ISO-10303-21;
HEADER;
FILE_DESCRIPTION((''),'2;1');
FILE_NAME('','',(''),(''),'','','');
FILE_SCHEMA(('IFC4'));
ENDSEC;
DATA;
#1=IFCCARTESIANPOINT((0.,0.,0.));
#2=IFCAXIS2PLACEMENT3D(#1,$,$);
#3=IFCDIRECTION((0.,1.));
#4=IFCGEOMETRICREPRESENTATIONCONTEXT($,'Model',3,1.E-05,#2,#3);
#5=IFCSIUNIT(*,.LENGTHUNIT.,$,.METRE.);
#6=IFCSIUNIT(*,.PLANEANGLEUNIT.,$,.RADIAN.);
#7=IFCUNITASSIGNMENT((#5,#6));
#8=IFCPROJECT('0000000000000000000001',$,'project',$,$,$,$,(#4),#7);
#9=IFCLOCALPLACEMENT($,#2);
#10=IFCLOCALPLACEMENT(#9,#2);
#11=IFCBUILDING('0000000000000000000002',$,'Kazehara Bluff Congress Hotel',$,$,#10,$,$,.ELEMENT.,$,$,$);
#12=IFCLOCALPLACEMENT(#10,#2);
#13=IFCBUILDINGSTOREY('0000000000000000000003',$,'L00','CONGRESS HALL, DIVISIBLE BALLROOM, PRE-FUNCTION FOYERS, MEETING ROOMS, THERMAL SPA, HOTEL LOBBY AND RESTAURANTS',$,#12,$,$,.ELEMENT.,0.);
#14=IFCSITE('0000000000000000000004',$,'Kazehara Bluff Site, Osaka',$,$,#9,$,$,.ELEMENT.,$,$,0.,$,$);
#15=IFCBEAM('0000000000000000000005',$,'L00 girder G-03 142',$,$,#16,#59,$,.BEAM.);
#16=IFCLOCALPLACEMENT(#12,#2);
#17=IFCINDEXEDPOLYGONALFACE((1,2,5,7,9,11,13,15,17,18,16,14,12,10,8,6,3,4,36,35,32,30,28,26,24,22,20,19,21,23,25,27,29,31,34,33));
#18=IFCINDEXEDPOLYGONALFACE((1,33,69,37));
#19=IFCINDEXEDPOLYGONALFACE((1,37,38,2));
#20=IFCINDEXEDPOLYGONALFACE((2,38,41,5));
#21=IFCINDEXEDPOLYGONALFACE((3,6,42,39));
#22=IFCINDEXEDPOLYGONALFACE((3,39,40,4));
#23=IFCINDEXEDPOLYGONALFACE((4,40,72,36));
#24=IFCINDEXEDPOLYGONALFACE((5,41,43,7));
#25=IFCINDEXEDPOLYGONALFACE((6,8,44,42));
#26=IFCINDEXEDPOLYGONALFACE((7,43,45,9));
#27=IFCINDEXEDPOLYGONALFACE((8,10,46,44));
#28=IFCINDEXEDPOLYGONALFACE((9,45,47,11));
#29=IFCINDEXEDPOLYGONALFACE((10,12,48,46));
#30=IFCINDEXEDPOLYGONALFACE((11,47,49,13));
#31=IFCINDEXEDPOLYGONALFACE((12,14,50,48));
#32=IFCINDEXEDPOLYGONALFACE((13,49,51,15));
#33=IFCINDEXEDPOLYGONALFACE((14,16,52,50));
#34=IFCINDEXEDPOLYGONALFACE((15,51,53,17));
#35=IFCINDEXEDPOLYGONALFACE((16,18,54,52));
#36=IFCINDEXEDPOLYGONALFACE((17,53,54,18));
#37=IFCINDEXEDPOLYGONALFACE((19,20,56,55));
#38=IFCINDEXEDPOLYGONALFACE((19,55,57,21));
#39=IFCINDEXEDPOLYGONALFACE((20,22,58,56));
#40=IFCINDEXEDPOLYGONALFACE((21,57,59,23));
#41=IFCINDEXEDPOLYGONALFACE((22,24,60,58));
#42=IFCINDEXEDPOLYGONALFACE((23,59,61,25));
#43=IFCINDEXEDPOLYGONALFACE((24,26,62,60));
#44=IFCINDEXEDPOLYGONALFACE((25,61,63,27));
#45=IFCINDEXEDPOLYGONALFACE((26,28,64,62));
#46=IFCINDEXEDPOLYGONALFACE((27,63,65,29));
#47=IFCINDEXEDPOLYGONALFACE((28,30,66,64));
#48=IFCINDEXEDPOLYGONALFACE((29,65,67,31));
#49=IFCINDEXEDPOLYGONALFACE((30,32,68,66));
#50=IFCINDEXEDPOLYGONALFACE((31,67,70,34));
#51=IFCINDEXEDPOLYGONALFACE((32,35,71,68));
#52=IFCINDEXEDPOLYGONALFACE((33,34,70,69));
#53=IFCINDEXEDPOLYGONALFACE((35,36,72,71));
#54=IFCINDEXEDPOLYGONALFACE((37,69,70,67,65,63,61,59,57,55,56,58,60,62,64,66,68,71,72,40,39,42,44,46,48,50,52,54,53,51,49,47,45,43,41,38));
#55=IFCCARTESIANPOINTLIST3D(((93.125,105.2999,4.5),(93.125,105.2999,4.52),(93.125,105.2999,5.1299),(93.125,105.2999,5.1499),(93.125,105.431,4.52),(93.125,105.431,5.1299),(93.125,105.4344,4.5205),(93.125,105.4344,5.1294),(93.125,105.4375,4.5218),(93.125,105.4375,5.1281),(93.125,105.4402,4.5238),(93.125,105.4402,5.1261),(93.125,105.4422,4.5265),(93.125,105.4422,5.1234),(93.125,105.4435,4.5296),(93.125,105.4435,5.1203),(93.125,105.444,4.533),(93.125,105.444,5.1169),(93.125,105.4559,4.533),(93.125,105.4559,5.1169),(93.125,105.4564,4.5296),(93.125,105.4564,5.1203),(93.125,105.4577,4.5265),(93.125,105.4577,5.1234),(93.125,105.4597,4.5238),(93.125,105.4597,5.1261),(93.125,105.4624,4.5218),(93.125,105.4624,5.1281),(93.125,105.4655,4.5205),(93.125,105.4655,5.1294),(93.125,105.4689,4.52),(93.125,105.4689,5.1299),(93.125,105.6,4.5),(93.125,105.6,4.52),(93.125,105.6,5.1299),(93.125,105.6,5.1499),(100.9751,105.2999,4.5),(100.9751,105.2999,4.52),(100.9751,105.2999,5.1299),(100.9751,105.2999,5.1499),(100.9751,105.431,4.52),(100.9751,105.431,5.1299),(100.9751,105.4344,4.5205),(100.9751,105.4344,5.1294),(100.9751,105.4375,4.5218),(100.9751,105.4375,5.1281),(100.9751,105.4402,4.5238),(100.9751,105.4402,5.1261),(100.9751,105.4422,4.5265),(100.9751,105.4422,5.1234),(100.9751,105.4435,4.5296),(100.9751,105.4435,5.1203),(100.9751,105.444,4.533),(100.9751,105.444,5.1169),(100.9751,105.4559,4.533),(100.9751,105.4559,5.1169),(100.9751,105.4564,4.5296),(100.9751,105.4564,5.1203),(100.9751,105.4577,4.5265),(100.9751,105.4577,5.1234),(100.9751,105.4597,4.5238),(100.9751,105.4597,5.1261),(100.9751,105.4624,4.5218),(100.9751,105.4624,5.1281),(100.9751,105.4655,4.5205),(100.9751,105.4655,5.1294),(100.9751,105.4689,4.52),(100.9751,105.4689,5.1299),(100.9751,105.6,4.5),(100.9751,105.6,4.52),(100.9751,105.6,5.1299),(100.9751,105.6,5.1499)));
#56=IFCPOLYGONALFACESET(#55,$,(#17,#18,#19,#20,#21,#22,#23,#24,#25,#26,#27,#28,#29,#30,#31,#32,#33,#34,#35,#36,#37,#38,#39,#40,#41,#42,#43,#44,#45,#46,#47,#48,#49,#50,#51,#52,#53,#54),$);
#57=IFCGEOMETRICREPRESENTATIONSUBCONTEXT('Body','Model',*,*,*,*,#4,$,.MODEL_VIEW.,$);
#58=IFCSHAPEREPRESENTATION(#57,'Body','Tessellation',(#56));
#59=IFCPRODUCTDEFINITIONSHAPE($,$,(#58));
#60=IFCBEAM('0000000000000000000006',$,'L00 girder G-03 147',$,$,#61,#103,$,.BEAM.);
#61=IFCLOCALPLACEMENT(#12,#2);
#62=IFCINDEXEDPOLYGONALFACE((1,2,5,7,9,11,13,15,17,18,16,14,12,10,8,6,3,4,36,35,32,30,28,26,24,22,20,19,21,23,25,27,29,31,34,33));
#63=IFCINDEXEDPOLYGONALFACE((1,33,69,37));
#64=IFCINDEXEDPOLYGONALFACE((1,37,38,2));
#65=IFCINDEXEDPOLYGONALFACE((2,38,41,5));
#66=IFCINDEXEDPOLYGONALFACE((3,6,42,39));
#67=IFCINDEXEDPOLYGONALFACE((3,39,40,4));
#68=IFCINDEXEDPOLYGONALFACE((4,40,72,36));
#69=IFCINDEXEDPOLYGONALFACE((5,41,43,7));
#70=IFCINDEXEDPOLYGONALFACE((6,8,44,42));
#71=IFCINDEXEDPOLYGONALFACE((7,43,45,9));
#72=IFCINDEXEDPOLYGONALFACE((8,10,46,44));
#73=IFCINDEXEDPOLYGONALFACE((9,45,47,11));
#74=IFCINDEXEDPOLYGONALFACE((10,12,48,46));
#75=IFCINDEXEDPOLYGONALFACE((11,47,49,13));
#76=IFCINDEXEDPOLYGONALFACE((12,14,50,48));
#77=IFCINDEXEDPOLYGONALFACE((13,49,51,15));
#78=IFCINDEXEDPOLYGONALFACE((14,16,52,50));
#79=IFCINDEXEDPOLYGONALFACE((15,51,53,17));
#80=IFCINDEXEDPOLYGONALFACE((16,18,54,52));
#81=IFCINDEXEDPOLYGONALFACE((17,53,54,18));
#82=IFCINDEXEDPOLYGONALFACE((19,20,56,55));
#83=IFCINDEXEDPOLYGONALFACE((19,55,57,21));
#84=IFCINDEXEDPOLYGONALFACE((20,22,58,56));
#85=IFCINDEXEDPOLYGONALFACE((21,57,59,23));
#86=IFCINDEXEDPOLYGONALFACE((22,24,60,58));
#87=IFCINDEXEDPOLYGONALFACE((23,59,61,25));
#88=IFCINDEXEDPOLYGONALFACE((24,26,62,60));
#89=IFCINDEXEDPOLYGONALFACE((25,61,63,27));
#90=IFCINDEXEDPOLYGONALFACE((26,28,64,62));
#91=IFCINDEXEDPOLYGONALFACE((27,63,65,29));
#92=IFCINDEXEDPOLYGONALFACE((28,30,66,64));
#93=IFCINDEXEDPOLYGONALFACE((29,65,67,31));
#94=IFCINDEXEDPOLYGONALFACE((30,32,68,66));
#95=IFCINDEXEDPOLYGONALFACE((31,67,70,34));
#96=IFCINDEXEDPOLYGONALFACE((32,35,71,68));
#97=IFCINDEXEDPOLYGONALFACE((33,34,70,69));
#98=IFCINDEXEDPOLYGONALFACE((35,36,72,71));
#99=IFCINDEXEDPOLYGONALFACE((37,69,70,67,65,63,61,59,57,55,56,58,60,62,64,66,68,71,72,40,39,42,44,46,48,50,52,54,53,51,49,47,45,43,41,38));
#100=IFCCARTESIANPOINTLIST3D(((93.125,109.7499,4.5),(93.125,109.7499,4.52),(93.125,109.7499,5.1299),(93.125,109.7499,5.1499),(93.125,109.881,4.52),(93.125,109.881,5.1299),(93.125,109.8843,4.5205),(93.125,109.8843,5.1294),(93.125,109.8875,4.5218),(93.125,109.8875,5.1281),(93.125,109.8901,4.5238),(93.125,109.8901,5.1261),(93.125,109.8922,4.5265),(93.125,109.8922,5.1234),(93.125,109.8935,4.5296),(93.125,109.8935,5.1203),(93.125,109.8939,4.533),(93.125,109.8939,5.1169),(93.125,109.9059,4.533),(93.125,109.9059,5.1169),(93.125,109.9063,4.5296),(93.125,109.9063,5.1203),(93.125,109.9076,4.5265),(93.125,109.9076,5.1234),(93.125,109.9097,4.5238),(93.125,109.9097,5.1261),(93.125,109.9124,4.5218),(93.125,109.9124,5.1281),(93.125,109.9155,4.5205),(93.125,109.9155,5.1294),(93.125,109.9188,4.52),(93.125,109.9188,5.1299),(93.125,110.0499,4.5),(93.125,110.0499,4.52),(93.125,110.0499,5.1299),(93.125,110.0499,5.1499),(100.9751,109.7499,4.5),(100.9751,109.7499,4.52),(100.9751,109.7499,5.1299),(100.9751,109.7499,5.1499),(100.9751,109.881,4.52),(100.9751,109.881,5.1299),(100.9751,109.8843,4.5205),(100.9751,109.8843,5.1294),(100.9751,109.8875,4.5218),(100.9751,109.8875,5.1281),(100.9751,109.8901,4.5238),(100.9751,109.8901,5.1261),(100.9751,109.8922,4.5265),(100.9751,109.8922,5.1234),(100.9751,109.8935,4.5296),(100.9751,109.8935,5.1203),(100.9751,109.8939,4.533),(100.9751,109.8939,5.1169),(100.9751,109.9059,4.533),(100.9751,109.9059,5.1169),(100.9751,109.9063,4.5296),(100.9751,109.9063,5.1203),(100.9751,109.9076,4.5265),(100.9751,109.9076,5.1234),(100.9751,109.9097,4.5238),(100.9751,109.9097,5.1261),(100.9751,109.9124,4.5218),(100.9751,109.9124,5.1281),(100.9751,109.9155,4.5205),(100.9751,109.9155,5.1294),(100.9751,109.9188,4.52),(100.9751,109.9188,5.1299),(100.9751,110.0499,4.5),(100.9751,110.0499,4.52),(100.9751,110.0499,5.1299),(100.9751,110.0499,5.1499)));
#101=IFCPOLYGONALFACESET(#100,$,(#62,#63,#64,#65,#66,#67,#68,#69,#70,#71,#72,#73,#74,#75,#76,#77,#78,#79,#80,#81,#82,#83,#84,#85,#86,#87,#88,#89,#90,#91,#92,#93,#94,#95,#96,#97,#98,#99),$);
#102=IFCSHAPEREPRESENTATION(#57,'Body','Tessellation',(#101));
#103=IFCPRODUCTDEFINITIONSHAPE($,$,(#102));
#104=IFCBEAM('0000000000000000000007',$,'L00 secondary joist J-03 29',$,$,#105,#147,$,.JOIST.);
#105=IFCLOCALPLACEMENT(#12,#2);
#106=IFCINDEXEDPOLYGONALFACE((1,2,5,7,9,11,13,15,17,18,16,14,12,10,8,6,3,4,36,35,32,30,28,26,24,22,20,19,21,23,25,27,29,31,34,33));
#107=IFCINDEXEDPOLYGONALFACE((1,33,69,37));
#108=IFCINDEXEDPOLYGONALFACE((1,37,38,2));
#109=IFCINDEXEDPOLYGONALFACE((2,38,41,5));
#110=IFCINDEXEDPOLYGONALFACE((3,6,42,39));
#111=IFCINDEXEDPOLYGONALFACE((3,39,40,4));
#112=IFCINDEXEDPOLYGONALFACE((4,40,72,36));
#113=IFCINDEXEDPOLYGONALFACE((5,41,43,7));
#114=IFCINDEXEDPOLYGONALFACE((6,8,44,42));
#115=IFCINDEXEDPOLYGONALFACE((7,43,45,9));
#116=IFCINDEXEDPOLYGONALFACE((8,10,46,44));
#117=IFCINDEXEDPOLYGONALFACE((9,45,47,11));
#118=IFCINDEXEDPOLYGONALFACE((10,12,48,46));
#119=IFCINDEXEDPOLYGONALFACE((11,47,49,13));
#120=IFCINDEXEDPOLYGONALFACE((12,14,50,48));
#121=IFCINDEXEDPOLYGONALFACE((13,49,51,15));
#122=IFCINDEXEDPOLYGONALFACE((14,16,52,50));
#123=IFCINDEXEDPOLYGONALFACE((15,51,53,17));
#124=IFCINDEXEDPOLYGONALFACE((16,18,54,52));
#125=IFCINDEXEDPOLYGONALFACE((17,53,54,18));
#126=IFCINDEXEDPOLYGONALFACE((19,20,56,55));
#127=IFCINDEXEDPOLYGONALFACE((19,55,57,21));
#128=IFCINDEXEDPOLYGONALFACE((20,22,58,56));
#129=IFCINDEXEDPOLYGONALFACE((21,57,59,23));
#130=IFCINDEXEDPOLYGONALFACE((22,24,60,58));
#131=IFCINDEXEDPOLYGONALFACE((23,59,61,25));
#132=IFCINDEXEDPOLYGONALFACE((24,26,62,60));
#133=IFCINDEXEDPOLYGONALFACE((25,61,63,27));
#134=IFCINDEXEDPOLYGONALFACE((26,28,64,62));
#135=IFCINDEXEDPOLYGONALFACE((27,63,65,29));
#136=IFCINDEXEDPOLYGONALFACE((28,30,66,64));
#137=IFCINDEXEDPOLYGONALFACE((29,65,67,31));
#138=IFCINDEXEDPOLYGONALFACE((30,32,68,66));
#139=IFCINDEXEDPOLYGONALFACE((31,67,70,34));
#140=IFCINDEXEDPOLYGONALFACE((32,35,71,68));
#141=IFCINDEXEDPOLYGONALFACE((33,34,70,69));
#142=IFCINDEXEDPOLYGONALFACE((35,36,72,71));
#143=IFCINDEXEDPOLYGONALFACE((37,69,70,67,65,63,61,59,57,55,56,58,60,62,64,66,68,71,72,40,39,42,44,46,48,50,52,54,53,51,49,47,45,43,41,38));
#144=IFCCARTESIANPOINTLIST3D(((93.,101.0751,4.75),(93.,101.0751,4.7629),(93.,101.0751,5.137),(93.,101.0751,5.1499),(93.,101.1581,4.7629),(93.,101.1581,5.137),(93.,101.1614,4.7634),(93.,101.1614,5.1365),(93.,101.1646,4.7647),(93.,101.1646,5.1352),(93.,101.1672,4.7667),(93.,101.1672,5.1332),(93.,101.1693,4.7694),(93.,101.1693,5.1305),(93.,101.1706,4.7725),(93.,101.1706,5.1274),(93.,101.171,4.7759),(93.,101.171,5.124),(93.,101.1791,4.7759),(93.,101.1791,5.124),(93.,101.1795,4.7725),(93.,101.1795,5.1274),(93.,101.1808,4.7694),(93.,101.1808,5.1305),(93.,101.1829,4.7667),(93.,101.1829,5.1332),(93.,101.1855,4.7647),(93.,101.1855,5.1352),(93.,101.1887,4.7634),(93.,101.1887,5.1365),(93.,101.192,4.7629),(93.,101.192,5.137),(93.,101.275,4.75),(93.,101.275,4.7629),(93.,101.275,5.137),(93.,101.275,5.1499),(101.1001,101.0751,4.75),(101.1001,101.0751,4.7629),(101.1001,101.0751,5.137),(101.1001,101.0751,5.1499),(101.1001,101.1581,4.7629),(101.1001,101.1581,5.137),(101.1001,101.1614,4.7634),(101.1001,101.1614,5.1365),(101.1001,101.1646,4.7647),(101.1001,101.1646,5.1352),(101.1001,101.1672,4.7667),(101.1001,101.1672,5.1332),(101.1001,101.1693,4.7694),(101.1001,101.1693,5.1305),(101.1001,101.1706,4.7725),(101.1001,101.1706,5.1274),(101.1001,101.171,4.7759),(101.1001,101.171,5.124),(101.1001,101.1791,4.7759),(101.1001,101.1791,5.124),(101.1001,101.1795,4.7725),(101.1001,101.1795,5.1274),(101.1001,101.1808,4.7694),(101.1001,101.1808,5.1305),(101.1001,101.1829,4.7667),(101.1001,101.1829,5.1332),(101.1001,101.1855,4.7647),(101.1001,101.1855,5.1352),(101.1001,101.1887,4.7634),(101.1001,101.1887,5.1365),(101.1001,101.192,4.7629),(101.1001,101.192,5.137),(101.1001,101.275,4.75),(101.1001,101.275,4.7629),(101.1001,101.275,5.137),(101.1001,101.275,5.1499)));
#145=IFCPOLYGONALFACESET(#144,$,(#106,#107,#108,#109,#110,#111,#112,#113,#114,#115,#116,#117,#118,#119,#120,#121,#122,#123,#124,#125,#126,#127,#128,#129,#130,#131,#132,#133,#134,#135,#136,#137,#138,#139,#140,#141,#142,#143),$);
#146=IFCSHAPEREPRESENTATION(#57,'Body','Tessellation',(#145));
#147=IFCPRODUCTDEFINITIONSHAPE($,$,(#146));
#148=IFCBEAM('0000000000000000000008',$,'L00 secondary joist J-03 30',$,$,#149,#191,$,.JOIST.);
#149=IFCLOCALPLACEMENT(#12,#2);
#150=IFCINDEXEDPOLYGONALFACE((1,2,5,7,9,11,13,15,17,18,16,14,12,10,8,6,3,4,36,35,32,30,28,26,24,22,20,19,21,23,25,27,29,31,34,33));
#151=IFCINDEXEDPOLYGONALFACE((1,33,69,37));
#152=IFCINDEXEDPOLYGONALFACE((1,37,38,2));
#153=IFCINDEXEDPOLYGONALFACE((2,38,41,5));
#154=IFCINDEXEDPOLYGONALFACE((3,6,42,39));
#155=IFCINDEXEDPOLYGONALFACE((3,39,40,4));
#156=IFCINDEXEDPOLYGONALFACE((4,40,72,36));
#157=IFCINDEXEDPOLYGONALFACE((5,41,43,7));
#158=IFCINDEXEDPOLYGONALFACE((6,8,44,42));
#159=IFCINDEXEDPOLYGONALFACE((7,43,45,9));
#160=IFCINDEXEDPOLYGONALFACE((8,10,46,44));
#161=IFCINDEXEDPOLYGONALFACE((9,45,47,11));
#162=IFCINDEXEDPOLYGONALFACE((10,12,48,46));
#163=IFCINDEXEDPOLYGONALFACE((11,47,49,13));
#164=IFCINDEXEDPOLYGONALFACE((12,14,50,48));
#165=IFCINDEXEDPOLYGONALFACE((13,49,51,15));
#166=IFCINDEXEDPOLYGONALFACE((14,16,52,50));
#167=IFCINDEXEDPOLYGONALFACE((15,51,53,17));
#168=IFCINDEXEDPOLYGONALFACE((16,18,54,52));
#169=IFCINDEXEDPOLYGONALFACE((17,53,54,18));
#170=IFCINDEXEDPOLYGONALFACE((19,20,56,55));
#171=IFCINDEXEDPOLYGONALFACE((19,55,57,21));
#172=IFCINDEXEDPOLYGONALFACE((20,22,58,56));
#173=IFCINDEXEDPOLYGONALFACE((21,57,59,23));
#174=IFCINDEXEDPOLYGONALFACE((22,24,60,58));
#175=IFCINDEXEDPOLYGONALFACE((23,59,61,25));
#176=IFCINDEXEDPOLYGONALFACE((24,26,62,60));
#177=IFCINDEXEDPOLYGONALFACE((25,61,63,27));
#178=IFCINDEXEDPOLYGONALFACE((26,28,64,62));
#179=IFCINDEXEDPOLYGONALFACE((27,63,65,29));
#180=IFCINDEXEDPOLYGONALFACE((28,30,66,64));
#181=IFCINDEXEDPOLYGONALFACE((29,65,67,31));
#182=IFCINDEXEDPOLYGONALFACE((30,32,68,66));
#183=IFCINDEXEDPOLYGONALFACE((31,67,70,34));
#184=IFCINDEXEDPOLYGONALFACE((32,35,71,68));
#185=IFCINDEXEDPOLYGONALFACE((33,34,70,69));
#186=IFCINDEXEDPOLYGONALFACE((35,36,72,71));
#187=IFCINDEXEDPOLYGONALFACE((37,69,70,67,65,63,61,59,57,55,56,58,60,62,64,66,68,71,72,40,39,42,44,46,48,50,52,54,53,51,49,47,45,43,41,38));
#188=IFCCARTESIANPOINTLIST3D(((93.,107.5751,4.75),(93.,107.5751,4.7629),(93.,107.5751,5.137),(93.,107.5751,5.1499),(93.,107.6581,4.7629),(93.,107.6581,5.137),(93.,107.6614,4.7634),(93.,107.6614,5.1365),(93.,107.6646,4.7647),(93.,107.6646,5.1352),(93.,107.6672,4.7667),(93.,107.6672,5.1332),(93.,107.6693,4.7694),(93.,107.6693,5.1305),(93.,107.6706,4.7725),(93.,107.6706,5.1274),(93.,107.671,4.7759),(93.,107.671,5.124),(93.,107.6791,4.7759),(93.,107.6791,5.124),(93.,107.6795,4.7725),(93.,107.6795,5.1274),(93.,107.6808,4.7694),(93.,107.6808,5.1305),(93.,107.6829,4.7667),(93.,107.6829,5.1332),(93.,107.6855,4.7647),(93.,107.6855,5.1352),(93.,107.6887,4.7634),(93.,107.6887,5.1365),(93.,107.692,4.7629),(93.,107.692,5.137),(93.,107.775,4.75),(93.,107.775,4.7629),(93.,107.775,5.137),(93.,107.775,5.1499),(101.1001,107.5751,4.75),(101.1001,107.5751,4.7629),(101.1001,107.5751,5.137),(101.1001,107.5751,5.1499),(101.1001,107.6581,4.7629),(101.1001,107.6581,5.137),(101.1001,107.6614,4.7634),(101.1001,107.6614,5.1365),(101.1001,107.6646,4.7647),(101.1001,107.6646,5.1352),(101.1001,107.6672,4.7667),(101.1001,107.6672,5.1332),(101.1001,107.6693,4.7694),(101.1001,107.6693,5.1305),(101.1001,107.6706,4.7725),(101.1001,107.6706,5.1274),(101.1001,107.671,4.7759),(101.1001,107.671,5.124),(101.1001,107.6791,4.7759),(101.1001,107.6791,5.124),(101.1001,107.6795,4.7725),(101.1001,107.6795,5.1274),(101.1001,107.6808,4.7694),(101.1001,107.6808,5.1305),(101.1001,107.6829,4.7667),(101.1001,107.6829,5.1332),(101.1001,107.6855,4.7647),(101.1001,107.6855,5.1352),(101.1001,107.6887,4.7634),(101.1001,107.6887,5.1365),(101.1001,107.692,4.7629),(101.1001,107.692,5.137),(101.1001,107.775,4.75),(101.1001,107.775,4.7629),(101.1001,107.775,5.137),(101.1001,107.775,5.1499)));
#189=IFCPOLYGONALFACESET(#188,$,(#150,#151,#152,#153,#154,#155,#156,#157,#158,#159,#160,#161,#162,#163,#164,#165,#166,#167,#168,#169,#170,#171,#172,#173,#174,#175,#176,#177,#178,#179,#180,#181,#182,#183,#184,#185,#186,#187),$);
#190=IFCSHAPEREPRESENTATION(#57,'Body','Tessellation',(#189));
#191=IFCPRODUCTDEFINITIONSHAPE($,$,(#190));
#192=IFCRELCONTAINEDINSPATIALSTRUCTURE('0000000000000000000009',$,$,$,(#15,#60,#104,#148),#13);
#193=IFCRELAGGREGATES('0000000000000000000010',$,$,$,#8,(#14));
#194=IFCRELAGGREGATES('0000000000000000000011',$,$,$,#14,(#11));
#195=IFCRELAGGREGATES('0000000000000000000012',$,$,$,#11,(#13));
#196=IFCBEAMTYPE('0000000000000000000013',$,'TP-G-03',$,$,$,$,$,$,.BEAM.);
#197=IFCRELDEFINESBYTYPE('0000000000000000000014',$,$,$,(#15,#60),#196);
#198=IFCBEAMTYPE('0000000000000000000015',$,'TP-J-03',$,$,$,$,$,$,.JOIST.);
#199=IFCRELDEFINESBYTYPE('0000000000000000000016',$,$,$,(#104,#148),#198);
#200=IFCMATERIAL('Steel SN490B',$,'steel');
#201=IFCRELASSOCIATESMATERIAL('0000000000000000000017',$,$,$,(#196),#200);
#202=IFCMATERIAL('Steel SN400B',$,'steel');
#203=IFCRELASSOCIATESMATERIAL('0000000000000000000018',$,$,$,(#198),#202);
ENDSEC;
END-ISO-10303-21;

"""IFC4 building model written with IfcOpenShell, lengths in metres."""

from ifc_helpers import new_model, si_unit, direction, frame, origin, origin_2d, place, context, subcontext, project, spatial, i_section, extrude, material, material_profile, profile_set, type_object, element, save


model = new_model("IFC4")

# Units and contexts
model_context = context("Model", 3, precision=1e-05, world=origin(), true_north=direction((0.0, 1.0)))
body_context = subcontext(model_context, "Body", "Model", "MODEL_VIEW")
ifc_project = project(units=[si_unit("LENGTHUNIT", "METRE"), si_unit("PLANEANGLEUNIT", "RADIAN")], contexts=[model_context])

# Site, building, storey
site_placement = place(None, origin())
site = spatial("IfcSite", under=ifc_project, at=site_placement, Name="Kazehara Bluff Site, Osaka", CompositionType="ELEMENT", RefElevation=0.0)
building_placement = place(site_placement, origin())
building = spatial("IfcBuilding", under=site, at=building_placement, Name="Kazehara Bluff Congress Hotel", CompositionType="ELEMENT")
storey_placement = place(building_placement, origin())
storey = spatial("IfcBuildingStorey", under=building, at=storey_placement, Name="L00", Description="CONGRESS HALL, DIVISIBLE BALLROOM, PRE-FUNCTION FOYERS, MEETING ROOMS, THERMAL SPA, HOTEL LOBBY AND RESTAURANTS", CompositionType="ELEMENT", Elevation=0.0)

# Beams
ifc_material_1 = material(Name="Steel SN490B", Category="steel")
ifc_material_profile_1 = material_profile(ifc_material_1, i_section(OverallWidth=0.3, OverallDepth=0.6499, WebThickness=0.012, FlangeThickness=0.02, FilletRadius=0.0129, at=origin_2d()))
ifc_profile_set_1 = profile_set([ifc_material_profile_1], Name="Steel SN490B")
beam_type_1 = type_object("IfcBeamType", Name="TP-G-03", PredefinedType="BEAM", material=ifc_profile_set_1)
for number, where, z_axis, x_axis, name in (
    (1, (93.125, 105.45, 4.825), (1.0, 0.0, 0.0), (0.0, 1.0, 0.0), "L00 girder G-03 142"),
    (2, (93.125, 109.8999, 4.825), (1.0, 0.0, 0.0), (0.0, 1.0, 0.0), "L00 girder G-03 147"),
):
    element("IfcBeam", number, at=place(storey_placement, frame(where, z_axis=z_axis, x_axis=x_axis)), inside=storey, type_object=beam_type_1, Name=name, PredefinedType="BEAM", context=body_context, shape_type="SweptSolid", body=[
        extrude(i_section(OverallWidth=0.3, OverallDepth=0.6499, WebThickness=0.012, FlangeThickness=0.02, FilletRadius=0.0129, at=origin_2d()), origin(), (0.0, 0.0, 1.0), 7.8501),
    ])
ifc_material_2 = material(Name="Steel SN400B", Category="steel")
ifc_material_profile_2 = material_profile(ifc_material_2, i_section(OverallWidth=0.2, OverallDepth=0.3999, WebThickness=0.0081, FlangeThickness=0.0129, FilletRadius=0.0129, at=origin_2d()))
ifc_profile_set_2 = profile_set([ifc_material_profile_2], Name="Steel SN400B")
beam_type_2 = type_object("IfcBeamType", Name="TP-J-03", PredefinedType="JOIST", material=ifc_profile_set_2)
for number, where, z_axis, x_axis, name in (
    (3, (93.0, 101.175, 4.95), (1.0, 0.0, 0.0), (0.0, 1.0, 0.0), "L00 secondary joist J-03 29"),
    (4, (93.0, 107.675, 4.95), (1.0, 0.0, 0.0), (0.0, 1.0, 0.0), "L00 secondary joist J-03 30"),
):
    element("IfcBeam", number, at=place(storey_placement, frame(where, z_axis=z_axis, x_axis=x_axis)), inside=storey, type_object=beam_type_2, Name=name, PredefinedType="JOIST", context=body_context, shape_type="SweptSolid", body=[
        extrude(i_section(OverallWidth=0.2, OverallDepth=0.3999, WebThickness=0.0081, FlangeThickness=0.0129, FilletRadius=0.0129, at=origin_2d()), origin(), (0.0, 0.0, 1.0), 8.1001),
    ])

save(model, "model.ifc")
